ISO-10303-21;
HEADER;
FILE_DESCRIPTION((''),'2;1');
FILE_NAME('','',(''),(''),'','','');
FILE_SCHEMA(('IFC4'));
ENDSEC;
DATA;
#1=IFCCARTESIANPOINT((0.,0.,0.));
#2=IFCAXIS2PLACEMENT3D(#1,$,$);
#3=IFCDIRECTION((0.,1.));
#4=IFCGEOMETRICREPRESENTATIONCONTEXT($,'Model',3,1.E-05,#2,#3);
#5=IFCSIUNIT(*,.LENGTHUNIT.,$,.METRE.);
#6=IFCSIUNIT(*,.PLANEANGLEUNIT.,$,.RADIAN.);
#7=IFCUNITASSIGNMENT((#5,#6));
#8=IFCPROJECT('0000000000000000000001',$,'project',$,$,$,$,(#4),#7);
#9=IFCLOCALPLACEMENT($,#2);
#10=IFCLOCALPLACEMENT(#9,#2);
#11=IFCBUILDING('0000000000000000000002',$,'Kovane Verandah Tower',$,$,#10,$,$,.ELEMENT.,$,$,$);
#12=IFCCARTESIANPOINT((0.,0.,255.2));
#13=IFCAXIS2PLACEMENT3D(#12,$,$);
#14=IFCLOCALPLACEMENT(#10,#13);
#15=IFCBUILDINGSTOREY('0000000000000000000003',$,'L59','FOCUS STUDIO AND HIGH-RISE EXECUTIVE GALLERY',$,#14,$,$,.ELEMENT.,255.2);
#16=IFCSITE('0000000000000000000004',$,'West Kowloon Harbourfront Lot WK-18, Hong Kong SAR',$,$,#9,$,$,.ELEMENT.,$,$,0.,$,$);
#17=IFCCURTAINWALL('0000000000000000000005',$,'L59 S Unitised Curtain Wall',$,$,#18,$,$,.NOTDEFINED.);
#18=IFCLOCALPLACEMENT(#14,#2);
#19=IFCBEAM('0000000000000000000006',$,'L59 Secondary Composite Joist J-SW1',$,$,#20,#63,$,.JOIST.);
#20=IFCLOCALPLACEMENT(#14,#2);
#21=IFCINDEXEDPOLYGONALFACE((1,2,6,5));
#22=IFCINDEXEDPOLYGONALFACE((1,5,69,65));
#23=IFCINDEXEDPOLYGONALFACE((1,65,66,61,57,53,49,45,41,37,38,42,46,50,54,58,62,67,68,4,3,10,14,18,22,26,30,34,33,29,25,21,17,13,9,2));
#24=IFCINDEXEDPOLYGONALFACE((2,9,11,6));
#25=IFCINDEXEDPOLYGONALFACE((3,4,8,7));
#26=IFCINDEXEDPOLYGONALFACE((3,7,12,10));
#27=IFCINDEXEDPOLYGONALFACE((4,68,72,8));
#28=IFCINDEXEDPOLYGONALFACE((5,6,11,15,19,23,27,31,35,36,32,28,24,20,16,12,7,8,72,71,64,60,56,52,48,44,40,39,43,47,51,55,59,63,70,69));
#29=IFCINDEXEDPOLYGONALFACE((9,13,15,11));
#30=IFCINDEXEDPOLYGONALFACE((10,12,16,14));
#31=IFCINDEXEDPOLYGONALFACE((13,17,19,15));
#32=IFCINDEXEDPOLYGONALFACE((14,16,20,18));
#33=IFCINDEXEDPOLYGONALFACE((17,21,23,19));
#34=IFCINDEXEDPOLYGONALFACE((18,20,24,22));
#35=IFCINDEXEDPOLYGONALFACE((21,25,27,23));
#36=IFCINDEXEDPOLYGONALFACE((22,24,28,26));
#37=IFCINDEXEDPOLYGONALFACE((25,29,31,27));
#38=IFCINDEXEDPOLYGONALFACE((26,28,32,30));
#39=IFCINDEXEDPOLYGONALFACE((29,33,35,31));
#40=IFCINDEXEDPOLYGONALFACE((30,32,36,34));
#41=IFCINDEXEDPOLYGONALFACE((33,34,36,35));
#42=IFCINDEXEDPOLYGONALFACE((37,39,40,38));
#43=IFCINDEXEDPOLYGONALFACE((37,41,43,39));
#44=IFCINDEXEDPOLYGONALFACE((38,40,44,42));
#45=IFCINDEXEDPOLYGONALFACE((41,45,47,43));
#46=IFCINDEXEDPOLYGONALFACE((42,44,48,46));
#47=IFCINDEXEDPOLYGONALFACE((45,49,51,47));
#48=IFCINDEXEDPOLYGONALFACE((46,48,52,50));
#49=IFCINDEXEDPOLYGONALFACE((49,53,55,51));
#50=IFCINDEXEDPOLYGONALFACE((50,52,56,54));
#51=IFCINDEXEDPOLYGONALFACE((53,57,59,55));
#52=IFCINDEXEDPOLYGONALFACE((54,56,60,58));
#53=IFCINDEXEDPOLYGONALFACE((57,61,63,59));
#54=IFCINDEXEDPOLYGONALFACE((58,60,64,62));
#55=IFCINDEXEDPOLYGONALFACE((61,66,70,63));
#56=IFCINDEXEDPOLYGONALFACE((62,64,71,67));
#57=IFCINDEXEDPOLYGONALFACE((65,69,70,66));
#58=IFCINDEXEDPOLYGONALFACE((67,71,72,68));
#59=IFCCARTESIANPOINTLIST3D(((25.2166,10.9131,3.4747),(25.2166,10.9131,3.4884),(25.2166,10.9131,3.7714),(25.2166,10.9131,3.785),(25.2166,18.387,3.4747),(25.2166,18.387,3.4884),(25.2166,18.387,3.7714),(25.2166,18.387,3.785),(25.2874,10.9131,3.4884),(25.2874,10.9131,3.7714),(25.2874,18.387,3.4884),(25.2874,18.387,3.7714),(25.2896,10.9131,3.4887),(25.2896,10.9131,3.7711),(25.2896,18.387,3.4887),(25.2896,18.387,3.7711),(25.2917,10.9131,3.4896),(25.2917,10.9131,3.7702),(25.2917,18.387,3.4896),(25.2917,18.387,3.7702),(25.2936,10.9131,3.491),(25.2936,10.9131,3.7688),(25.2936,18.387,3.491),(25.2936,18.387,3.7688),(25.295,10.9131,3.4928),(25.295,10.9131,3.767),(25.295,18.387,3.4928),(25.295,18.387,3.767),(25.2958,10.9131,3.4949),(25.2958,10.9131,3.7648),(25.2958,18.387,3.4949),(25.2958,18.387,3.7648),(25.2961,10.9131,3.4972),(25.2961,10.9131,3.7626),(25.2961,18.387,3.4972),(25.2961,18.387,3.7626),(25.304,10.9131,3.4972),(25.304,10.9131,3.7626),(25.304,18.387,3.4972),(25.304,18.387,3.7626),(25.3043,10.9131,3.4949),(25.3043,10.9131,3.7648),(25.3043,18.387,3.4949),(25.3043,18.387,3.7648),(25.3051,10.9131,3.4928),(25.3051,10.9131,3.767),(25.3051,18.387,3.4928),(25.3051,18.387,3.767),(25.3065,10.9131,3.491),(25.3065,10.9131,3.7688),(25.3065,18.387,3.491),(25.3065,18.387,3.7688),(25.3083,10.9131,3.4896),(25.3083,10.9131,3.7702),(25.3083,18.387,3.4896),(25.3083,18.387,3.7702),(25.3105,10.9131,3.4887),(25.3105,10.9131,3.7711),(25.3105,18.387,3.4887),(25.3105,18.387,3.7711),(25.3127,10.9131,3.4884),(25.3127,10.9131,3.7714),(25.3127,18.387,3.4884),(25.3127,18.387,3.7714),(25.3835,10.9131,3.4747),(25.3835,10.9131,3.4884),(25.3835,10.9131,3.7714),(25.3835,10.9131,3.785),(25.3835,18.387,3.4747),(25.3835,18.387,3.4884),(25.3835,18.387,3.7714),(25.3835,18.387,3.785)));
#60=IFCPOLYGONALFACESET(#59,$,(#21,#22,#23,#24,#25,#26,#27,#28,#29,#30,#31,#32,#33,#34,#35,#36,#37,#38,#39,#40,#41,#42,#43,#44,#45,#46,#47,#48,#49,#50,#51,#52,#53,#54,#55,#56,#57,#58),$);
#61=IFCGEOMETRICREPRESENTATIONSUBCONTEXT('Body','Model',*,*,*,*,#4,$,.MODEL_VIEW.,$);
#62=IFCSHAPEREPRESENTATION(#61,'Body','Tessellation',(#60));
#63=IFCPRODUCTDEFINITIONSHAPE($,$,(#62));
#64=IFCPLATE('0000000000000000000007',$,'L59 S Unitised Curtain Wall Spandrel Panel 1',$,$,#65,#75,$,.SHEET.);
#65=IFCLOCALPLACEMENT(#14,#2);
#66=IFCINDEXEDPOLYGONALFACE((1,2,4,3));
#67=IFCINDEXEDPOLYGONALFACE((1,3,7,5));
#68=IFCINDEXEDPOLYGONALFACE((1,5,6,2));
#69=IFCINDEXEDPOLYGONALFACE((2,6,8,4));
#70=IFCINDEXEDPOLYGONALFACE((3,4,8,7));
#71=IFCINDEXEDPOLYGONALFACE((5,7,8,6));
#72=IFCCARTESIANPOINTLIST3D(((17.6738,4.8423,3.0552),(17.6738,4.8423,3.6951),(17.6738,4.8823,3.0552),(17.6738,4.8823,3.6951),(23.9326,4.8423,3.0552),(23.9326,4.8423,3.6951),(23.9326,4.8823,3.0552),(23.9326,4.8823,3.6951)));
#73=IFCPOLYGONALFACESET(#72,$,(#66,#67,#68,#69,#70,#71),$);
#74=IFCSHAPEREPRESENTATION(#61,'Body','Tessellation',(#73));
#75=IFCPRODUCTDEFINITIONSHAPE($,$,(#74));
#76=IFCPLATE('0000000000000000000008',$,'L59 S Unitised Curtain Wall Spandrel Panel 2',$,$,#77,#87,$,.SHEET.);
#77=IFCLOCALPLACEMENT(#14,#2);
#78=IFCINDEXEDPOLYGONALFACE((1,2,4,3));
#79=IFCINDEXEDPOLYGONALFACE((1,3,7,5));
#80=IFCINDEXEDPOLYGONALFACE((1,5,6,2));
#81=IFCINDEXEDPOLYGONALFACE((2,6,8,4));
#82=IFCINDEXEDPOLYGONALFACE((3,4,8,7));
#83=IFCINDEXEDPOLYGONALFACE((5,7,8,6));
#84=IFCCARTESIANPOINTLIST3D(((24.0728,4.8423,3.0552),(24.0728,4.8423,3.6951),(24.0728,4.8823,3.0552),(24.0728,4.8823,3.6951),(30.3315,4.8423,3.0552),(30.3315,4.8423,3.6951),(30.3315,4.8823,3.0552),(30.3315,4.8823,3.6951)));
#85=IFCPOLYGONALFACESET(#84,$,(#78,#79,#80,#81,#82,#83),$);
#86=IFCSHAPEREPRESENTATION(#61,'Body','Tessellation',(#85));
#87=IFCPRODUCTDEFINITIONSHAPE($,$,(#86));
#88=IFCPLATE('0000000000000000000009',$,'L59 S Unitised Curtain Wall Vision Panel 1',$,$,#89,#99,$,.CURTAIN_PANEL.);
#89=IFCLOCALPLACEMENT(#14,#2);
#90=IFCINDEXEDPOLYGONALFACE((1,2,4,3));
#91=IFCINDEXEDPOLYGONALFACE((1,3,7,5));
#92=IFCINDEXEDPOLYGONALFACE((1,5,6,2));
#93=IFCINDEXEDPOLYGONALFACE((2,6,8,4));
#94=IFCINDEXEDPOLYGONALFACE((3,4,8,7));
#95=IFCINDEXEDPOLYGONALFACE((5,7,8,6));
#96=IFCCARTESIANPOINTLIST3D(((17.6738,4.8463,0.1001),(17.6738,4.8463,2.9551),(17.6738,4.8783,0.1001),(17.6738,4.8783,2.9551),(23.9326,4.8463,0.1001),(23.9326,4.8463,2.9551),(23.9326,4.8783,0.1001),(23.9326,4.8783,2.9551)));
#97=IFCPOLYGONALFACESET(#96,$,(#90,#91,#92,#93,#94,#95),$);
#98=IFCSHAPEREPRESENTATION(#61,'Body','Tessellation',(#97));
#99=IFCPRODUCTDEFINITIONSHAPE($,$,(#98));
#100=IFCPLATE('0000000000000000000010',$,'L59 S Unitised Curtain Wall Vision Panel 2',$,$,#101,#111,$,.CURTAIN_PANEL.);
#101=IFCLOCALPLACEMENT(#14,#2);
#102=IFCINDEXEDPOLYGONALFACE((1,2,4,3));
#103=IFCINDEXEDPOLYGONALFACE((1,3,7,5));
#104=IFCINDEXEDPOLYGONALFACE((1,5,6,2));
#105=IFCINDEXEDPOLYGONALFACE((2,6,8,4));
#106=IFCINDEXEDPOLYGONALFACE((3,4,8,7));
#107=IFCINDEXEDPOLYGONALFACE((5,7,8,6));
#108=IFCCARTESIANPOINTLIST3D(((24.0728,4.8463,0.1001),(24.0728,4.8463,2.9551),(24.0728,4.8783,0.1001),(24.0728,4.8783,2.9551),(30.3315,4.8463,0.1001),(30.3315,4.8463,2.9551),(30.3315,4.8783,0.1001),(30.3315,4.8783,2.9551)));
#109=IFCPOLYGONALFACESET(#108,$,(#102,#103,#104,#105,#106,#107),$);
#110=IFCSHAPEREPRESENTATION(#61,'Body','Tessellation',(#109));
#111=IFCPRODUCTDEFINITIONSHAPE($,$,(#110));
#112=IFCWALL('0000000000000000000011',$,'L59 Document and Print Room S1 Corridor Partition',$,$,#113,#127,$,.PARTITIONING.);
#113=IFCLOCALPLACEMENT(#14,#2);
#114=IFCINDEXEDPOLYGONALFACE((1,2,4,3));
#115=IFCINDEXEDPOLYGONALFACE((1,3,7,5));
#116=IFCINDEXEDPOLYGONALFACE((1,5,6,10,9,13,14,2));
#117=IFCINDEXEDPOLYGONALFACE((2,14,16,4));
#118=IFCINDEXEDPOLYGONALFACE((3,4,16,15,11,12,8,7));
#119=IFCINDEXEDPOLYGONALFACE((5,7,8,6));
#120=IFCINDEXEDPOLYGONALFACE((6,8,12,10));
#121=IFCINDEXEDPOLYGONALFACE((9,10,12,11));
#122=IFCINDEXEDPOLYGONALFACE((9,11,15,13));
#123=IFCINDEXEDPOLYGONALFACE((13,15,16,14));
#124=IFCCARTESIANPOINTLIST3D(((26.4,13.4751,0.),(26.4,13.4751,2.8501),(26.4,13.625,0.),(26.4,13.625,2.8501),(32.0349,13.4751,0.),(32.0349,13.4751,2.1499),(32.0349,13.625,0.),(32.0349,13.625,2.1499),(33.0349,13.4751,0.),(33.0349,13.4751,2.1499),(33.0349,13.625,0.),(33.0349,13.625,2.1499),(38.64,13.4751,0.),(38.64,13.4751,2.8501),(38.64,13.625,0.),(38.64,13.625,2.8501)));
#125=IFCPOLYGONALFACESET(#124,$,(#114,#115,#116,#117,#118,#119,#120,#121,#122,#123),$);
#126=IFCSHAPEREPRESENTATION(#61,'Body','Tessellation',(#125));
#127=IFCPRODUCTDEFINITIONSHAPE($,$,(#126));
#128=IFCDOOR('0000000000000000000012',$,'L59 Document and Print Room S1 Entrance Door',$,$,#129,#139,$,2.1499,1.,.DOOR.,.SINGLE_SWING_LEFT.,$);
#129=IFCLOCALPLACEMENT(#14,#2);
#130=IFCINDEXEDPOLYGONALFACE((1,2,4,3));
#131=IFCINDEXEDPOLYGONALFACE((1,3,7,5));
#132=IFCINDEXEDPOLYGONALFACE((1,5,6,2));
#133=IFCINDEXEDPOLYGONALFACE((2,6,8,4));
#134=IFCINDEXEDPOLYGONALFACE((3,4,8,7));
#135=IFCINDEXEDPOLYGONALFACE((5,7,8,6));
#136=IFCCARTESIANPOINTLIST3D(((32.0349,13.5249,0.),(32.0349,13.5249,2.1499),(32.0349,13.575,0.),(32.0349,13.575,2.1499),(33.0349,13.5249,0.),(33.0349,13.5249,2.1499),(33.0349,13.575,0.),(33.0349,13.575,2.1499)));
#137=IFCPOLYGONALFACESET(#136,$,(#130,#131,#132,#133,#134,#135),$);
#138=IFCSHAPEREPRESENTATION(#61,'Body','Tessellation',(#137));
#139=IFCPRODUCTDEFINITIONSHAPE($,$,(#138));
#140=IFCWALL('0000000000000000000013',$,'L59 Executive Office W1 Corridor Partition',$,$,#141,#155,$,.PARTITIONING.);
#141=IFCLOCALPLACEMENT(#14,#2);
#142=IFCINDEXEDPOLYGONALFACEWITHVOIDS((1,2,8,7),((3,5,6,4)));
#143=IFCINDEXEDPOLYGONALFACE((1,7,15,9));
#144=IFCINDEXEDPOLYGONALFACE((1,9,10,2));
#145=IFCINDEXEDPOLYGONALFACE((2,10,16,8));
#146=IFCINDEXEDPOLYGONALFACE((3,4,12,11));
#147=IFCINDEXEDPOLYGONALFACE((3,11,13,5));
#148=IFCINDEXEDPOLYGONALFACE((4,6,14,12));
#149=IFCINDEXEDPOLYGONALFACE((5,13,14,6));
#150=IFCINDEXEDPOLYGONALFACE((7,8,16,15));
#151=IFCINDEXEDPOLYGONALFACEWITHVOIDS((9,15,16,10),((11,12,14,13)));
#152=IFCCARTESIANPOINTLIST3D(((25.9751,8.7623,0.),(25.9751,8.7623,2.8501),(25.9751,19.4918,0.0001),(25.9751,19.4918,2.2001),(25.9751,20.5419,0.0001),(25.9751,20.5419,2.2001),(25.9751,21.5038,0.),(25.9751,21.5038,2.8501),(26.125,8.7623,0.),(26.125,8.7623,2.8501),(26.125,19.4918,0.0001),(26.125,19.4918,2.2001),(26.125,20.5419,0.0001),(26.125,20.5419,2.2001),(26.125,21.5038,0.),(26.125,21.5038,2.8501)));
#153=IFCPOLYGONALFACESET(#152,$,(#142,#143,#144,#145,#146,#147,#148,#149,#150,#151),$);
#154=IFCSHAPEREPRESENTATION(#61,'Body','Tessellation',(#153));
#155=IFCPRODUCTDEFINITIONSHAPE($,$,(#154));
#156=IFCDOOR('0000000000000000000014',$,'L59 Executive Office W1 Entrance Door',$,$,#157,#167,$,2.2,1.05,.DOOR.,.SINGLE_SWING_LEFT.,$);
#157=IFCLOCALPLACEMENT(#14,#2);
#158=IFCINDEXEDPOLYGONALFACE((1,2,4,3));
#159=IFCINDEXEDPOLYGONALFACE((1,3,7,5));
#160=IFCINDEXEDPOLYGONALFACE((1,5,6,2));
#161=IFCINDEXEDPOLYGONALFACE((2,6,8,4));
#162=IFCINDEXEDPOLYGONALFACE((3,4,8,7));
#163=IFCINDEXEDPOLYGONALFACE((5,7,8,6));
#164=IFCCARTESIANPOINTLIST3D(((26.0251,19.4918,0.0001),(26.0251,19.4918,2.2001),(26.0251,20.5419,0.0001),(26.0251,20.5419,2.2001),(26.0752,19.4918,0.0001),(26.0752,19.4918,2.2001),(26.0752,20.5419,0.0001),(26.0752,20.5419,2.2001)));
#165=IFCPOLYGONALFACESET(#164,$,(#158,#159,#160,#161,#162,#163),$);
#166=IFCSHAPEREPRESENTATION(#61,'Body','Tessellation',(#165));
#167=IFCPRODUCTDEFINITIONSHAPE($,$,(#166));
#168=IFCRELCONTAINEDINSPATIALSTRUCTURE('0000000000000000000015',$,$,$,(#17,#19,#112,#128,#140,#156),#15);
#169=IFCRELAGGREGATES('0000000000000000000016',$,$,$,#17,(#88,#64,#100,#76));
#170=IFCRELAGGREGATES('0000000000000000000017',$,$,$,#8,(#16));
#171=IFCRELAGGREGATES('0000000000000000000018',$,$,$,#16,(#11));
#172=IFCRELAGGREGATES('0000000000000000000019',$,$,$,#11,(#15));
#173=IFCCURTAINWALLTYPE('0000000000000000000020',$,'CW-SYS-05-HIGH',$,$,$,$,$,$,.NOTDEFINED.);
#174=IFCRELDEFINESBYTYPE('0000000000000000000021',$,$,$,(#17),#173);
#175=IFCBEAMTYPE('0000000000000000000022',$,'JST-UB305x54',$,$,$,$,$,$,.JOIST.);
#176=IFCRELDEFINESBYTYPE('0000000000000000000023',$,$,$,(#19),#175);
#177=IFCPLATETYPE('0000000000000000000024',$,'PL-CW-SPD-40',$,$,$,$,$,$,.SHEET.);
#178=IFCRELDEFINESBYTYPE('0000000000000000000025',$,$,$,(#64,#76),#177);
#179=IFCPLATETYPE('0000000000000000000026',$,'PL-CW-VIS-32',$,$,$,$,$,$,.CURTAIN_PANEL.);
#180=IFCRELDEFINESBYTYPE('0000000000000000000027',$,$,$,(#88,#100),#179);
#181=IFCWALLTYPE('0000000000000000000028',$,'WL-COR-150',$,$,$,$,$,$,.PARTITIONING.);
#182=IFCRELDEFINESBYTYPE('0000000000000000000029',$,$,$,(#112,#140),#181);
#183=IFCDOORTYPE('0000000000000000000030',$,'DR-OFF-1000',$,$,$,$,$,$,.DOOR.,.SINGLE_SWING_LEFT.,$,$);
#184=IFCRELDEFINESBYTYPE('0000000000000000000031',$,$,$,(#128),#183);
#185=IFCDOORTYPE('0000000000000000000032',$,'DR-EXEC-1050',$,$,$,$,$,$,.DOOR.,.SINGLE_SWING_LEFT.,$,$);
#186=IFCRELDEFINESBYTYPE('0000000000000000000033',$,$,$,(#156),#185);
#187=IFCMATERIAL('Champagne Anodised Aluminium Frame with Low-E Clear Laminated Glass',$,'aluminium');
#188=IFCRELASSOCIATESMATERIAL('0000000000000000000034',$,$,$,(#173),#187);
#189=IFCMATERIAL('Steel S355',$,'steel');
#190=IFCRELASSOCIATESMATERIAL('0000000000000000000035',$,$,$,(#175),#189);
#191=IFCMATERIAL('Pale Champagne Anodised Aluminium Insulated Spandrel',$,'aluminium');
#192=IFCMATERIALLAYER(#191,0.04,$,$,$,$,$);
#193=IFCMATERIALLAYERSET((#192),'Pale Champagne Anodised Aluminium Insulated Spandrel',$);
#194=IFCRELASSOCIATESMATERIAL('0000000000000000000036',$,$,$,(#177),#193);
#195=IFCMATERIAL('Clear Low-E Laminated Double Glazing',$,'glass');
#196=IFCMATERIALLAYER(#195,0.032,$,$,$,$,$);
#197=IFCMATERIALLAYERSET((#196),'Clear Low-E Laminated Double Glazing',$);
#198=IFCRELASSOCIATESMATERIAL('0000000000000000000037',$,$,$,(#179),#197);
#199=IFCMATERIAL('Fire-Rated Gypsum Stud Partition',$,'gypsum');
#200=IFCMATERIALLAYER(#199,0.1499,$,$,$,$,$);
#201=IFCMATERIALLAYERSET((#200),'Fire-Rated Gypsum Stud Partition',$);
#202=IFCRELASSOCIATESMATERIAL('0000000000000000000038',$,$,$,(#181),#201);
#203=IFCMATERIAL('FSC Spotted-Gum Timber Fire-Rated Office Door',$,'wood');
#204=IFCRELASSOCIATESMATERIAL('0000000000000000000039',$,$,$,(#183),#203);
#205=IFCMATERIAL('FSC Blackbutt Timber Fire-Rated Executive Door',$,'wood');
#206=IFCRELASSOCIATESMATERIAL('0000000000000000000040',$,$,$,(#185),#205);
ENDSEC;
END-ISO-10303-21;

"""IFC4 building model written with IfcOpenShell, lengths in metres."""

from ifc_helpers import new_model, si_unit, direction, frame, frame_2d, origin, origin_2d, place, context, subcontext, project, spatial, rectangle, i_section, extrude, material, layer, layer_set, material_profile, profile_set, type_object, element, fill, aggregate, save


model = new_model("IFC4")

# Units and contexts
model_context = context("Model", 3, precision=1e-05, world=origin(), true_north=direction((0.0, 1.0)))
body_context = subcontext(model_context, "Body", "Model", "MODEL_VIEW")
ifc_project = project(units=[si_unit("LENGTHUNIT", "METRE"), si_unit("PLANEANGLEUNIT", "RADIAN")], contexts=[model_context])

# Site, building, storey
site_placement = place(None, origin())
site = spatial("IfcSite", under=ifc_project, at=site_placement, Name="West Kowloon Harbourfront Lot WK-18, Hong Kong SAR", CompositionType="ELEMENT", RefElevation=0.0)
building_placement = place(site_placement, origin())
building = spatial("IfcBuilding", under=site, at=building_placement, Name="Kovane Verandah Tower", CompositionType="ELEMENT")
storey_placement = place(building_placement, frame((0.0, 0.0, 255.2)))
storey = spatial("IfcBuildingStorey", under=building, at=storey_placement, Name="L59", Description="FOCUS STUDIO AND HIGH-RISE EXECUTIVE GALLERY", CompositionType="ELEMENT", Elevation=255.2)

# Shared definitions
ifc_material_1 = material(Name="Steel S355", Category="steel")

# Curtain wall
ifc_material_2 = material(Name="Champagne Anodised Aluminium Frame with Low-E Clear Laminated Glass", Category="aluminium")
curtain_wall_type = type_object("IfcCurtainWallType", Name="CW-SYS-05-HIGH", PredefinedType="NOTDEFINED", material=ifc_material_2)
curtain_wall_placement = place(storey_placement, origin())
curtain_wall = element("IfcCurtainWall", 1, at=curtain_wall_placement, inside=storey, type_object=curtain_wall_type, Name="L59 S Unitised Curtain Wall", PredefinedType="NOTDEFINED")

# Beam
ifc_material_profile_1 = material_profile(ifc_material_1, i_section(OverallWidth=0.167, OverallDepth=0.3103, WebThickness=0.0078, FlangeThickness=0.0137, FilletRadius=0.0088, at=origin_2d()), Name="UB305x165x54")
ifc_profile_set_1 = profile_set([ifc_material_profile_1], Name="Steel S355")
beam_type_1 = type_object("IfcBeamType", Name="JST-UB305x54", PredefinedType="JOIST", material=ifc_profile_set_1)
beam_1_placement = place(storey_placement, frame((25.3, 10.9131, 3.6299), z_axis=(0.0, 1.0, 0.0), x_axis=(-1.0, 0.0, 0.0)))
element("IfcBeam", 2, at=beam_1_placement, inside=storey, type_object=beam_type_1, Name="L59 Secondary Composite Joist J-SW1", PredefinedType="JOIST", context=body_context, shape_type="SweptSolid", body=[
    extrude(i_section(OverallWidth=0.167, OverallDepth=0.3103, WebThickness=0.0078, FlangeThickness=0.0137, FilletRadius=0.0088, at=origin_2d()), origin(), (0.0, 0.0, 1.0), 7.4739),
])

# Plates
ifc_material_3 = material(Name="Pale Champagne Anodised Aluminium Insulated Spandrel", Category="aluminium")
ifc_layer_1 = layer(ifc_material_3, 0.04)
ifc_layer_set_1 = layer_set([ifc_layer_1], Name="Pale Champagne Anodised Aluminium Insulated Spandrel")
plate_type_1 = type_object("IfcPlateType", Name="PL-CW-SPD-40", PredefinedType="SHEET", material=ifc_layer_set_1)
plate_1_placement = place(storey_placement, frame((20.8032, 4.8623, 3.0552), z_axis=(0.0, 0.0, 1.0), x_axis=(1.0, 0.0, 0.0)))
plate_1 = element("IfcPlate", 3, at=plate_1_placement, type_object=plate_type_1, Name="L59 S Unitised Curtain Wall Spandrel Panel 1", PredefinedType="SHEET", context=body_context, shape_type="SweptSolid", body=[
    extrude(rectangle(XDim=6.2588, YDim=0.04, at=origin_2d()), origin(), (0.0, 0.0, 1.0), 0.6399),
])
plate_2_placement = place(storey_placement, frame((27.2021, 4.8623, 3.0552), z_axis=(0.0, 0.0, 1.0), x_axis=(1.0, 0.0, 0.0)))
plate_2 = element("IfcPlate", 4, at=plate_2_placement, type_object=plate_type_1, Name="L59 S Unitised Curtain Wall Spandrel Panel 2", PredefinedType="SHEET", context=body_context, shape_type="SweptSolid", body=[
    extrude(rectangle(XDim=6.2588, YDim=0.04, at=origin_2d()), origin(), (0.0, 0.0, 1.0), 0.6399),
])
ifc_material_4 = material(Name="Clear Low-E Laminated Double Glazing", Category="glass")
ifc_layer_2 = layer(ifc_material_4, 0.032)
ifc_layer_set_2 = layer_set([ifc_layer_2], Name="Clear Low-E Laminated Double Glazing")
plate_type_2 = type_object("IfcPlateType", Name="PL-CW-VIS-32", PredefinedType="CURTAIN_PANEL", material=ifc_layer_set_2)
plate_3_placement = place(storey_placement, frame((20.8032, 4.8623, 0.1001), z_axis=(0.0, 0.0, 1.0), x_axis=(1.0, 0.0, 0.0)))
plate_3 = element("IfcPlate", 5, at=plate_3_placement, type_object=plate_type_2, Name="L59 S Unitised Curtain Wall Vision Panel 1", PredefinedType="CURTAIN_PANEL", context=body_context, shape_type="SweptSolid", body=[
    extrude(rectangle(XDim=6.2588, YDim=0.032, at=origin_2d()), origin(), (0.0, 0.0, 1.0), 2.855),
])
plate_4_placement = place(storey_placement, frame((27.2021, 4.8623, 0.1001), z_axis=(0.0, 0.0, 1.0), x_axis=(1.0, 0.0, 0.0)))
plate_4 = element("IfcPlate", 6, at=plate_4_placement, type_object=plate_type_2, Name="L59 S Unitised Curtain Wall Vision Panel 2", PredefinedType="CURTAIN_PANEL", context=body_context, shape_type="SweptSolid", body=[
    extrude(rectangle(XDim=6.2588, YDim=0.032, at=origin_2d()), origin(), (0.0, 0.0, 1.0), 2.855),
])
aggregate(curtain_wall, [plate_3, plate_1, plate_4, plate_2])

# Walls, openings, doors
ifc_material_5 = material(Name="Fire-Rated Gypsum Stud Partition", Category="gypsum")
ifc_layer_3 = layer(ifc_material_5, 0.1499)
ifc_layer_set_3 = layer_set([ifc_layer_3], Name="Fire-Rated Gypsum Stud Partition")
wall_type = type_object("IfcWallType", Name="WL-COR-150", PredefinedType="PARTITIONING", material=ifc_layer_set_3)
wall_1_placement = place(storey_placement, frame((26.3999, 13.55, 0.0), z_axis=(0.0, 0.0, 1.0), x_axis=(1.0, 0.0, 0.0)))
wall_1 = element("IfcWall", 7, at=wall_1_placement, inside=storey, type_object=wall_type, Name="L59 Document and Print Room S1 Corridor Partition", PredefinedType="PARTITIONING", context=body_context, shape_type="SweptSolid", body=[
    extrude(rectangle(XDim=12.24, YDim=0.1499, at=frame_2d((6.1201, 0.0))), origin(), (0.0, 0.0, 1.0), 2.8501),
])
opening_1_placement = place(wall_1_placement, frame((5.635, 0.0, 0.0)))
opening_1 = element("IfcOpeningElement", 8, at=opening_1_placement, cuts=wall_1, PredefinedType="OPENING", context=body_context, shape_type="SweptSolid", body=[
    extrude(rectangle(XDim=1.0, YDim=2.1499, at=frame_2d((0.5, 1.075))), frame((0.0, 0.075, 0.0), z_axis=(0.0, -1.0, 0.0), x_axis=(1.0, 0.0, 0.0)), (0.0, 0.0, 1.0), 0.1499),
])
ifc_material_6 = material(Name="FSC Spotted-Gum Timber Fire-Rated Office Door", Category="wood")
door_type_1 = type_object("IfcDoorType", Name="DR-OFF-1000", OperationType="SINGLE_SWING_LEFT", PredefinedType="DOOR", material=ifc_material_6)
door_1_placement = place(opening_1_placement, origin())
door_1 = element("IfcDoor", 9, at=door_1_placement, inside=storey, type_object=door_type_1, Name="L59 Document and Print Room S1 Entrance Door", OperationType="SINGLE_SWING_LEFT", OverallHeight=2.1499, OverallWidth=1.0, PredefinedType="DOOR", context=body_context, shape_type="SweptSolid", body=[
    extrude(rectangle(XDim=1.0, YDim=2.1499, at=frame_2d((0.5, 1.075))), frame((0.0, 0.0249, 0.0), z_axis=(0.0, -1.0, 0.0), x_axis=(1.0, 0.0, 0.0)), (0.0, 0.0, 1.0), 0.05),
])
fill(opening_1, door_1)
wall_2_placement = place(storey_placement, frame((26.05, 8.7625, 0.0), z_axis=(0.0, 0.0, 1.0), x_axis=(0.0, 1.0, 0.0)))
wall_2 = element("IfcWall", 10, at=wall_2_placement, inside=storey, type_object=wall_type, Name="L59 Executive Office W1 Corridor Partition", PredefinedType="PARTITIONING", context=body_context, shape_type="SweptSolid", body=[
    extrude(rectangle(XDim=12.7415, YDim=0.1499, at=frame_2d((6.3706, 0.0))), origin(), (0.0, 0.0, 1.0), 2.8501),
])
opening_2_placement = place(wall_2_placement, frame((10.7295, 0.0, 0.0)))
opening_2 = element("IfcOpeningElement", 11, at=opening_2_placement, cuts=wall_2, PredefinedType="OPENING", context=body_context, shape_type="SweptSolid", body=[
    extrude(rectangle(XDim=1.05, YDim=2.2, at=frame_2d((0.5249, 1.1001))), frame((0.0, 0.075, 0.0), z_axis=(0.0, -1.0, 0.0), x_axis=(1.0, 0.0, 0.0)), (0.0, 0.0, 1.0), 0.1499),
])
ifc_material_7 = material(Name="FSC Blackbutt Timber Fire-Rated Executive Door", Category="wood")
door_type_2 = type_object("IfcDoorType", Name="DR-EXEC-1050", OperationType="SINGLE_SWING_LEFT", PredefinedType="DOOR", material=ifc_material_7)
door_2_placement = place(opening_2_placement, origin())
door_2 = element("IfcDoor", 12, at=door_2_placement, inside=storey, type_object=door_type_2, Name="L59 Executive Office W1 Entrance Door", OperationType="SINGLE_SWING_LEFT", OverallHeight=2.2, OverallWidth=1.05, PredefinedType="DOOR", context=body_context, shape_type="SweptSolid", body=[
    extrude(rectangle(XDim=1.05, YDim=2.2, at=frame_2d((0.5249, 1.1001))), frame((0.0, 0.0249, 0.0), z_axis=(0.0, -1.0, 0.0), x_axis=(1.0, 0.0, 0.0)), (0.0, 0.0, 1.0), 0.05),
])
fill(opening_2, door_2)

save(model, "model.ifc")
